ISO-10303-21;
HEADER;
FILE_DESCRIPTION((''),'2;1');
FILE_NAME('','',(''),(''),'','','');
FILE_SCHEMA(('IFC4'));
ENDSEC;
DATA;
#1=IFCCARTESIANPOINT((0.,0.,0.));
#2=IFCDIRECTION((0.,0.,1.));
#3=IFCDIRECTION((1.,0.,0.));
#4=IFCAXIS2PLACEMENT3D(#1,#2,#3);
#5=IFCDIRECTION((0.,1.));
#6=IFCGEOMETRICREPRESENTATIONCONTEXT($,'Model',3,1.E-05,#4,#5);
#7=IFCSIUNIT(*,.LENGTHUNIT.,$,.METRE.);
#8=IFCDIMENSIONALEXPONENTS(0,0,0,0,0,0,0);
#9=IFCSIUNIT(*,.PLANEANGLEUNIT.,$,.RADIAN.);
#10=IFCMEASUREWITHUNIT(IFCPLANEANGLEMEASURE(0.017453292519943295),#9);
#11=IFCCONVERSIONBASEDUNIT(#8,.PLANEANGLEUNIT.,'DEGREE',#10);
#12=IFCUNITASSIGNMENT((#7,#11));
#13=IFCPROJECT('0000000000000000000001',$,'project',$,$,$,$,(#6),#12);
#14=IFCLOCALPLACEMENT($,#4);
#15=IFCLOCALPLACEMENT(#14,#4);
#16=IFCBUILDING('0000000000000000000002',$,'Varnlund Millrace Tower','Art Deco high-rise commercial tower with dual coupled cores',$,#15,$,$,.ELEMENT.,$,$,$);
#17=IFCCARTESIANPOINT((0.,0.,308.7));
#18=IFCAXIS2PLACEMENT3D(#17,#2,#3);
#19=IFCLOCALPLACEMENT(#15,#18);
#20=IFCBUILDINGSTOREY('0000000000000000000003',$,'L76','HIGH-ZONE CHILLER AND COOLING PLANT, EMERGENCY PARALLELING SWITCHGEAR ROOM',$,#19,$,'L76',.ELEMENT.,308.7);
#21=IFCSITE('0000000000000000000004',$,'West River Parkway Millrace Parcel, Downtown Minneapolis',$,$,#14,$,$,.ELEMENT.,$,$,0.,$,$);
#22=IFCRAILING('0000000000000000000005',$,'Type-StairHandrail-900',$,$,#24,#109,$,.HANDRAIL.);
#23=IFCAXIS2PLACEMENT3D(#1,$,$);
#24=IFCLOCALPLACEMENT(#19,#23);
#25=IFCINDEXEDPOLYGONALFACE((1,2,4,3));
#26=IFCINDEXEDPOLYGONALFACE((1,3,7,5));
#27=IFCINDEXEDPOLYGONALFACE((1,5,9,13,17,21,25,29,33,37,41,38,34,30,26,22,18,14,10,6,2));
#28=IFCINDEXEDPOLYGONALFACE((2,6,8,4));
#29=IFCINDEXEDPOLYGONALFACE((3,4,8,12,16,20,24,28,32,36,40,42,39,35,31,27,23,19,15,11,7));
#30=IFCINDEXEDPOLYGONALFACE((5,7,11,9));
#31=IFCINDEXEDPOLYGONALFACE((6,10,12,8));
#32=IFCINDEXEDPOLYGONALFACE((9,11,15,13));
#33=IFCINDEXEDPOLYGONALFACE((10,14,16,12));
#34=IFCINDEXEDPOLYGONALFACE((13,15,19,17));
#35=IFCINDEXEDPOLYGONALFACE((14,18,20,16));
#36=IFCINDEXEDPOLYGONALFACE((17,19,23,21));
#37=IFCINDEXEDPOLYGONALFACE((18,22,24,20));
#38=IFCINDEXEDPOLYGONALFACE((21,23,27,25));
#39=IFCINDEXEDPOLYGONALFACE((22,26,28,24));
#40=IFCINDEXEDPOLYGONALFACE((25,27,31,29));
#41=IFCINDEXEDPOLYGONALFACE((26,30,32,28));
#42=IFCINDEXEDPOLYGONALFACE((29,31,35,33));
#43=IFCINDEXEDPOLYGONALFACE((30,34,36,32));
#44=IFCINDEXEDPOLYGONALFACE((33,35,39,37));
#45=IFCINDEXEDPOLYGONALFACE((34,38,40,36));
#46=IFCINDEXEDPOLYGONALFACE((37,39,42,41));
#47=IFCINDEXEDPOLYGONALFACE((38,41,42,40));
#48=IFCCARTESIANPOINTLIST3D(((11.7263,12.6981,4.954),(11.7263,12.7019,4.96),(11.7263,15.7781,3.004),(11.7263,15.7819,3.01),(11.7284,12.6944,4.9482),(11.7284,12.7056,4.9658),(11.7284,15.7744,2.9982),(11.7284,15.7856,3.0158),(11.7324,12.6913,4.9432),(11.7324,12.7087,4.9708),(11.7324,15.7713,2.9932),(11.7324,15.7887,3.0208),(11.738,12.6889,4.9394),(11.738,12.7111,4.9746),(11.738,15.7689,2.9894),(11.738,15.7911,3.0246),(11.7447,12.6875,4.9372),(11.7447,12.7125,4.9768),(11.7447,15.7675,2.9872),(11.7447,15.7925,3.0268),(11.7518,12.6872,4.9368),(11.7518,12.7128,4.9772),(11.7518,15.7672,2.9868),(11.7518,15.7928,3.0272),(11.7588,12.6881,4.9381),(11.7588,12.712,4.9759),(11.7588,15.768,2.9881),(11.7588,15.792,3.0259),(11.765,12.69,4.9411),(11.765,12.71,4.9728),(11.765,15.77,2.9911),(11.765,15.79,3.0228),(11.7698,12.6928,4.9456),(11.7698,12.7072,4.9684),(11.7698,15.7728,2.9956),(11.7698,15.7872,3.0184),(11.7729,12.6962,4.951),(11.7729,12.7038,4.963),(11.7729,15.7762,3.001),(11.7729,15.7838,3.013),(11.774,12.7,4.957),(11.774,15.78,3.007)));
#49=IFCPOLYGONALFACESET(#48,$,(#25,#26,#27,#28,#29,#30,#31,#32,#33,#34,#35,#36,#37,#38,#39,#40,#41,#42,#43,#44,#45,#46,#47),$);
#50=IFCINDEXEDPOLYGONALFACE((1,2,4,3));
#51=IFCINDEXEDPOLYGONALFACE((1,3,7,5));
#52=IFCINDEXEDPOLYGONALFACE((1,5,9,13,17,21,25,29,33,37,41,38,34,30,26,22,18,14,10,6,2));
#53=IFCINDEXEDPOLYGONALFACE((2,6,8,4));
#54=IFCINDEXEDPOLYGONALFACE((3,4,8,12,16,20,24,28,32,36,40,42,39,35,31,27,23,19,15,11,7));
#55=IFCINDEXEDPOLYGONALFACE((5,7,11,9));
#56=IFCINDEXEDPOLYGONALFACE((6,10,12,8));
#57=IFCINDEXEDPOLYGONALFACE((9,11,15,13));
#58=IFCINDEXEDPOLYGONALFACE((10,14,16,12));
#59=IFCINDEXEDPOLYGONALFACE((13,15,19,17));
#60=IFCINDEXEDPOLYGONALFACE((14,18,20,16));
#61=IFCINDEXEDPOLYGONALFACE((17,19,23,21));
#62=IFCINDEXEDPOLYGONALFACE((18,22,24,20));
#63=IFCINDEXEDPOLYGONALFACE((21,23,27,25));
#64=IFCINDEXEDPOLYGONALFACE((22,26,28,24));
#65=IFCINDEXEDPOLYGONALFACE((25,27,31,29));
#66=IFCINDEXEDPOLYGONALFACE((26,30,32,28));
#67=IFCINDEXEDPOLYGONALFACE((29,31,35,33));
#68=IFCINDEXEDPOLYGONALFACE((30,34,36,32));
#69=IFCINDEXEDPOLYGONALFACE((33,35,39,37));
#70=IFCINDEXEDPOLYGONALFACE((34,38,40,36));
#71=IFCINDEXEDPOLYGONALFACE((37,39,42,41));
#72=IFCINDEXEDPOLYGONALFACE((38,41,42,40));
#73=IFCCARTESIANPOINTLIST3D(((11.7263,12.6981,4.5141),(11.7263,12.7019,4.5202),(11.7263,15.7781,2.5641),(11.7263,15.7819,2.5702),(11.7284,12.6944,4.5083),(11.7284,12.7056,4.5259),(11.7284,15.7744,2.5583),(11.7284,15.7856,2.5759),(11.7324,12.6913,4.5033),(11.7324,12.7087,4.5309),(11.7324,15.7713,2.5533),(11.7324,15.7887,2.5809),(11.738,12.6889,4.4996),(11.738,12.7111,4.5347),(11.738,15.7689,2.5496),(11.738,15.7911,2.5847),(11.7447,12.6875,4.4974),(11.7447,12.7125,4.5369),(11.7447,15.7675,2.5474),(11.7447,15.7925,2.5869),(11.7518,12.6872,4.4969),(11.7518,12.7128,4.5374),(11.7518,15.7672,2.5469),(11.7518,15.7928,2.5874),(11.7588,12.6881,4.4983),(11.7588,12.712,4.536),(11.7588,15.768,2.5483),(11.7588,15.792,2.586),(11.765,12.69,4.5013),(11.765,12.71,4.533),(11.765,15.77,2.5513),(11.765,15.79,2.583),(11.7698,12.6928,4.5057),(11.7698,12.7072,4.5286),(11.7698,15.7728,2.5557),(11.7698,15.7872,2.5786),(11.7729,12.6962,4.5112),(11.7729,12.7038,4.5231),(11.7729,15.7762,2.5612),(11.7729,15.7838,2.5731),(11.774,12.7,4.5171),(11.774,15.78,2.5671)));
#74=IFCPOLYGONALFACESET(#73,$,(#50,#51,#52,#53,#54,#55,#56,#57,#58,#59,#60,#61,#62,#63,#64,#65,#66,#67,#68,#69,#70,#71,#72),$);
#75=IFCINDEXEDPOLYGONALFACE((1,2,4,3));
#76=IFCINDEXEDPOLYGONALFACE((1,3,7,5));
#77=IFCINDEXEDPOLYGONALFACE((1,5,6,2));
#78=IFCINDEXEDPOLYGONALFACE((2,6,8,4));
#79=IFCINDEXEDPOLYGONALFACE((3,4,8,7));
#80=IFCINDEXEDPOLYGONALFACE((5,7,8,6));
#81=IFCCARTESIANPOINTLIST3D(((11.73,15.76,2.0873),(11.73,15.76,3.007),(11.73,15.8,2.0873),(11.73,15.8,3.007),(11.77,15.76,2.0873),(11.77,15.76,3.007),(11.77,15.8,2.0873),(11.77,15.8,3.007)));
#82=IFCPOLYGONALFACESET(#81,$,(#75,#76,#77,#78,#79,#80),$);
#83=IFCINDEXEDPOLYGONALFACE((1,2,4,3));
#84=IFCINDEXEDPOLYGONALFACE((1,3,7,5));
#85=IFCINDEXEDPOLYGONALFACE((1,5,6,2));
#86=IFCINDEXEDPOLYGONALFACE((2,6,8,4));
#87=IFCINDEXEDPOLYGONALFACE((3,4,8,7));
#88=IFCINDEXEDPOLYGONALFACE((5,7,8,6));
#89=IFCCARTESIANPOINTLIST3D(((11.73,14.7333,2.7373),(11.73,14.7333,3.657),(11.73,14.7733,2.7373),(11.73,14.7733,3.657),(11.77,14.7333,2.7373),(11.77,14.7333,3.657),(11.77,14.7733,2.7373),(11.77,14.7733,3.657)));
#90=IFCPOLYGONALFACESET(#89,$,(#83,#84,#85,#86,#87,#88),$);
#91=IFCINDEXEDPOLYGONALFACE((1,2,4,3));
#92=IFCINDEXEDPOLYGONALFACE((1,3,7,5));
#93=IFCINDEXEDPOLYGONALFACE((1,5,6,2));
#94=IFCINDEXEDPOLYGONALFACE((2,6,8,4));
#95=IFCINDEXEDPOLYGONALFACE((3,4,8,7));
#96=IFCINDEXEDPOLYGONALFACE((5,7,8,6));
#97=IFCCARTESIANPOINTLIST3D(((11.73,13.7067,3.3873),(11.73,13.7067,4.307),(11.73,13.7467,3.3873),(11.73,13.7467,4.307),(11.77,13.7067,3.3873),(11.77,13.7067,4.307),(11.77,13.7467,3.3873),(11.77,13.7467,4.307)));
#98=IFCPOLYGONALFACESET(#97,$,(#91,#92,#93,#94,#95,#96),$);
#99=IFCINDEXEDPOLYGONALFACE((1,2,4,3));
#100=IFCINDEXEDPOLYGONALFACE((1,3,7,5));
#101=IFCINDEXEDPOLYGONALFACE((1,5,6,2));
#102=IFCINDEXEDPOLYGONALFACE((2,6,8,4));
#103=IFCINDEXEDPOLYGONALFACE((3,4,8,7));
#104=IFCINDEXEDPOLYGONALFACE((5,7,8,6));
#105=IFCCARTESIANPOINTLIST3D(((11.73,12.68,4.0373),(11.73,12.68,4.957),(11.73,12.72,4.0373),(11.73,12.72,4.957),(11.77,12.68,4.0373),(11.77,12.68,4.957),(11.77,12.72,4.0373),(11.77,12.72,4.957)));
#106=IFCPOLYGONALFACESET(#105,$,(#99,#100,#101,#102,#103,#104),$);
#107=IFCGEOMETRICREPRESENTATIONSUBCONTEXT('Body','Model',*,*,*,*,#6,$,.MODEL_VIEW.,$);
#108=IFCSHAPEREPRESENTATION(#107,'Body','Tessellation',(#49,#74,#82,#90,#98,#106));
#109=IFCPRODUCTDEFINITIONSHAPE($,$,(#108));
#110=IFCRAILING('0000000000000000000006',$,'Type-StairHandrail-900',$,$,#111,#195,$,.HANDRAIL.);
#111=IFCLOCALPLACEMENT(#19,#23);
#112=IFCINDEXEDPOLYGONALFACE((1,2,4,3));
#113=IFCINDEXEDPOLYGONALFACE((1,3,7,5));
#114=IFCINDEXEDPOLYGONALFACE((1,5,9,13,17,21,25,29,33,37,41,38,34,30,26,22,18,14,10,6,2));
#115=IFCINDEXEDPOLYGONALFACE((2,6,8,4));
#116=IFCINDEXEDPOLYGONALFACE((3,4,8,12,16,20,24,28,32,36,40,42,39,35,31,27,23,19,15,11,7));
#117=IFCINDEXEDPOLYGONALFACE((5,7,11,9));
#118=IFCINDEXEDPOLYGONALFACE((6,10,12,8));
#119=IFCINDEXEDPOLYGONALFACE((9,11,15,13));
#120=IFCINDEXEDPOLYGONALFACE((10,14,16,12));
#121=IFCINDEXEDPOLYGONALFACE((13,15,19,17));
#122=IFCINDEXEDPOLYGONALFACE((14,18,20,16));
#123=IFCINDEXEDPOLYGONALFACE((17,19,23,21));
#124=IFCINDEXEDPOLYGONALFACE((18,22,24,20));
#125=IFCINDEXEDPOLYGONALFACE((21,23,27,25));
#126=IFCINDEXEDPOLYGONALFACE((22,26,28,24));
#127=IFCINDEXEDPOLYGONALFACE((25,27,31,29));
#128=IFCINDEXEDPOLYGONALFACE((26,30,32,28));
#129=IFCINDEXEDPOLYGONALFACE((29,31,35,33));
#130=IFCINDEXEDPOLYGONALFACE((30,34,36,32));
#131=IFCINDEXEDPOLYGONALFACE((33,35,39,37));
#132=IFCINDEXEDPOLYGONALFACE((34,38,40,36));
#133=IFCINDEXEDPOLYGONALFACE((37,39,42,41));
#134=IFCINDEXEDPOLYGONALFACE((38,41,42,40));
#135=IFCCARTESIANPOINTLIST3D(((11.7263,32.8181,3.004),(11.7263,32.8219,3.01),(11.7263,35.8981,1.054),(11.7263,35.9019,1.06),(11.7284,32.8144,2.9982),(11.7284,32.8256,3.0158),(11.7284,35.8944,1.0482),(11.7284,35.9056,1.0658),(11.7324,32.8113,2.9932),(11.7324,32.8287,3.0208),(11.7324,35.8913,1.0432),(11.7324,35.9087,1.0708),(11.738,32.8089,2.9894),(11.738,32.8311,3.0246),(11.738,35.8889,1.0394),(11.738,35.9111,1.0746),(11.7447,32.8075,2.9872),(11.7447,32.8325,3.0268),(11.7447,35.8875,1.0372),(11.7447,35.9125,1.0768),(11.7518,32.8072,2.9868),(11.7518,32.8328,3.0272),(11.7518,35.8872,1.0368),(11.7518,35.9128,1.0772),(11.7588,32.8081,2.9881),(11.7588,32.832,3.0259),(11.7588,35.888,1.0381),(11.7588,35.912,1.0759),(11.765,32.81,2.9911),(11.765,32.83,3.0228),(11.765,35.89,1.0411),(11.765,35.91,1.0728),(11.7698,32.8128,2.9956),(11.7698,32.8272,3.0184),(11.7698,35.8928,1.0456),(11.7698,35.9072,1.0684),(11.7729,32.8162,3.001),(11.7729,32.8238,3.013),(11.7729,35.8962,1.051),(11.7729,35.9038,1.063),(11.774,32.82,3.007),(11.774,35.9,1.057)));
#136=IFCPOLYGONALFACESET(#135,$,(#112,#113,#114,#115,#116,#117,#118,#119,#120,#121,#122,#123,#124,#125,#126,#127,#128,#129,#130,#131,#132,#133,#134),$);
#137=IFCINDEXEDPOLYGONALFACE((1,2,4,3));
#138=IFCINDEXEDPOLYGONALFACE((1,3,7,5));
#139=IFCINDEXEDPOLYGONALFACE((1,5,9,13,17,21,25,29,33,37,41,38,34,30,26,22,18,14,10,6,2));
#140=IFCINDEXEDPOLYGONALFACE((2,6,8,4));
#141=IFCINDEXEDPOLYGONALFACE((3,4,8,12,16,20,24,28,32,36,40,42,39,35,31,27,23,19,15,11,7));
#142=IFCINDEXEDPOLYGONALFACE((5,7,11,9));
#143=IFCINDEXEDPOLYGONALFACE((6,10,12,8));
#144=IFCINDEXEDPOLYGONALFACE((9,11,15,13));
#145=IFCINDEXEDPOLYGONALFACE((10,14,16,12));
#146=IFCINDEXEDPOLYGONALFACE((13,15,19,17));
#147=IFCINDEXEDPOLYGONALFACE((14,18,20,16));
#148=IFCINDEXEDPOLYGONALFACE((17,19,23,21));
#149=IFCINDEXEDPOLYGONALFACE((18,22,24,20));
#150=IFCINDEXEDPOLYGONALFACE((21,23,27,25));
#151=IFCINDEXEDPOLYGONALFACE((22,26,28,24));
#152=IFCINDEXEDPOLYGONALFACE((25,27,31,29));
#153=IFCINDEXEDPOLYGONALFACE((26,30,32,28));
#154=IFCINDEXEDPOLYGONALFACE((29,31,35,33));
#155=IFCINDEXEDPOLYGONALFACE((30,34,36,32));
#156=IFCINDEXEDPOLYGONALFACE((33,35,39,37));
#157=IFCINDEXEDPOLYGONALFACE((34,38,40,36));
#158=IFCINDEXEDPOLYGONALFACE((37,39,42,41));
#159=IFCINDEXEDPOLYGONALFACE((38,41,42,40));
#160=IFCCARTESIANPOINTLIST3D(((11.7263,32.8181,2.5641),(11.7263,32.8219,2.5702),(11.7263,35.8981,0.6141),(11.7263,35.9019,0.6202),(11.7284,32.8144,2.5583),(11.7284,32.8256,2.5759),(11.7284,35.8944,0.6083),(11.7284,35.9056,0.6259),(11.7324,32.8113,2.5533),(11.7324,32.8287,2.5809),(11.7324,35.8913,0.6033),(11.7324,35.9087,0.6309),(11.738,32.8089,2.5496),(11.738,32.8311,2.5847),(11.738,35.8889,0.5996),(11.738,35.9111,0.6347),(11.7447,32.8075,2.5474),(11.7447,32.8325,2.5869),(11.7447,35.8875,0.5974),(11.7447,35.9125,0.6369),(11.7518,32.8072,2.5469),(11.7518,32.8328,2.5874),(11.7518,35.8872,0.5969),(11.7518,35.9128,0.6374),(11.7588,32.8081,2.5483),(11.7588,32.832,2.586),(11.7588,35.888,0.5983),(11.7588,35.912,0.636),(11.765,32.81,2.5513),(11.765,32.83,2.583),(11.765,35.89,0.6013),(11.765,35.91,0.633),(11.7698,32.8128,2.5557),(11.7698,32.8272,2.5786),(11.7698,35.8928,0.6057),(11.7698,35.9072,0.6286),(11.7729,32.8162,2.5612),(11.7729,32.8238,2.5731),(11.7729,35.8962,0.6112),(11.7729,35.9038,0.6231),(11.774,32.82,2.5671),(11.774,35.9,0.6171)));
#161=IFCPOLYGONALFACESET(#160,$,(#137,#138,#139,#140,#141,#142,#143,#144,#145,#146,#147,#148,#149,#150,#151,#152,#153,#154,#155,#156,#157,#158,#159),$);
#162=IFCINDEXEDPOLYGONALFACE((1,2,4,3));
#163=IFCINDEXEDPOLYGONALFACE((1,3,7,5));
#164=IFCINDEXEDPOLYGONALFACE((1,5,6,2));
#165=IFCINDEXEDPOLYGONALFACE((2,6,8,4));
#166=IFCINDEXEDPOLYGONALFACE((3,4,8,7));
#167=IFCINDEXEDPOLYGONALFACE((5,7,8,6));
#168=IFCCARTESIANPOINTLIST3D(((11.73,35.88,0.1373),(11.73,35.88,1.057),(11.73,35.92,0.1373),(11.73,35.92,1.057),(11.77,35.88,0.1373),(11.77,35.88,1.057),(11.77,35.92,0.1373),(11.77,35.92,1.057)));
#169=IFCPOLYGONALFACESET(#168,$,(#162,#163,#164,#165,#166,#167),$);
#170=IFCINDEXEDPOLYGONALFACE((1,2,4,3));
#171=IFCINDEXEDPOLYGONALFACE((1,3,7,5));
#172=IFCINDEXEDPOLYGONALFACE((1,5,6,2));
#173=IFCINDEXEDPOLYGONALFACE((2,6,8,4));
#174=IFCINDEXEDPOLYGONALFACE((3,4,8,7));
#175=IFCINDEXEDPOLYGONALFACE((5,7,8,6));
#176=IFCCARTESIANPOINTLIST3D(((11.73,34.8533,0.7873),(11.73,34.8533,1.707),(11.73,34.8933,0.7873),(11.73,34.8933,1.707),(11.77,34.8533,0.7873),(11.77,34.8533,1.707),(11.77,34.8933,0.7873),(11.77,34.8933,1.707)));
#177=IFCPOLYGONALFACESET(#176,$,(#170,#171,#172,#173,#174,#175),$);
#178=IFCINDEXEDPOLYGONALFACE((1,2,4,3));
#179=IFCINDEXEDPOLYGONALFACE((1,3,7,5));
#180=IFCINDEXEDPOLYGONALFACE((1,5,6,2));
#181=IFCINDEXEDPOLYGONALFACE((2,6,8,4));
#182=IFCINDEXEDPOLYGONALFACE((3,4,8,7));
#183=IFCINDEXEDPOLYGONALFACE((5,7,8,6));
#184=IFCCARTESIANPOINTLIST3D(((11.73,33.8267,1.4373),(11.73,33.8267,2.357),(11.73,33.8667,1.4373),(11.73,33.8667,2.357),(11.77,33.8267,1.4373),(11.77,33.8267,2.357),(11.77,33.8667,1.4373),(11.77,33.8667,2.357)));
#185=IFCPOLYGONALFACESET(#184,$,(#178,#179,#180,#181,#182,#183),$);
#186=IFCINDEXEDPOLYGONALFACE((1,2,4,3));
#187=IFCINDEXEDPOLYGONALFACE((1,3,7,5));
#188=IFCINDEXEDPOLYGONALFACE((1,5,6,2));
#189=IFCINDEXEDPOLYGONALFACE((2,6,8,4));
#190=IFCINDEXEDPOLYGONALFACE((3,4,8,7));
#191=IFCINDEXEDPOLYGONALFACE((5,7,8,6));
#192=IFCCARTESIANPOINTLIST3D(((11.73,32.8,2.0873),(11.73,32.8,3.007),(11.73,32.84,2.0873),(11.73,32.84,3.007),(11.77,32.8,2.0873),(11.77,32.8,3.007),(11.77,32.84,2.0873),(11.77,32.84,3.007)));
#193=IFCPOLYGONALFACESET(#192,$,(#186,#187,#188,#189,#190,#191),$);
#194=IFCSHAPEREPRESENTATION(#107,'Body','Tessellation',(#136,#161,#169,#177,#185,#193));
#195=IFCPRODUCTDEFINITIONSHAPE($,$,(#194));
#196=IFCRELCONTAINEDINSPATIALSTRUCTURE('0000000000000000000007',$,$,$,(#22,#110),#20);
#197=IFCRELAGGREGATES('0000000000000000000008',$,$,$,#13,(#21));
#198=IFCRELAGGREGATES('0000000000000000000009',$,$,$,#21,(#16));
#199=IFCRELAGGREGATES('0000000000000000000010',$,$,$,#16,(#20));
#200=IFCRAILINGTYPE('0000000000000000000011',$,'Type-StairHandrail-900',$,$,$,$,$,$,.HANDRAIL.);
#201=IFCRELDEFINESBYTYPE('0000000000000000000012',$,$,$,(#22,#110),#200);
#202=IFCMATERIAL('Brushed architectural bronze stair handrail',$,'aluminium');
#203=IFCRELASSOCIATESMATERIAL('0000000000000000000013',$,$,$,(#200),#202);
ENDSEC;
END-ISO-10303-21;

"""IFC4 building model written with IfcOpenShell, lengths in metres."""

from ifc_helpers import new_model, entity, si_unit, converted_unit, direction, frame, origin_with_axes, origin_2d_with_axis, place, context, subcontext, project, spatial, rectangle, circle, extrude, material, type_object, element, save


model = new_model("IFC4")

# Units and contexts
model_context = context("Model", 3, precision=1e-05, world=origin_with_axes(), true_north=direction((0.0, 1.0)))
body_context = subcontext(model_context, "Body", "Model", "MODEL_VIEW")
ifc_project = project(units=[si_unit("LENGTHUNIT", "METRE"), converted_unit("PLANEANGLEUNIT", "DEGREE", entity("IfcPlaneAngleMeasure", 0.017453292519943295), si_unit("PLANEANGLEUNIT", "RADIAN"), dimensions=[0, 0, 0, 0, 0, 0, 0])], contexts=[model_context])

# Site, building, storey
site_placement = place(None, origin_with_axes())
site = spatial("IfcSite", under=ifc_project, at=site_placement, Name="West River Parkway Millrace Parcel, Downtown Minneapolis", CompositionType="ELEMENT", RefElevation=0.0)
building_placement = place(site_placement, origin_with_axes())
building = spatial("IfcBuilding", under=site, at=building_placement, Name="Varnlund Millrace Tower", Description="Art Deco high-rise commercial tower with dual coupled cores", CompositionType="ELEMENT")
storey_placement = place(building_placement, frame((0.0, 0.0, 308.7), z_axis=(0.0, 0.0, 1.0), x_axis=(1.0, 0.0, 0.0)))
storey = spatial("IfcBuildingStorey", under=building, at=storey_placement, Name="L76", Description="HIGH-ZONE CHILLER AND COOLING PLANT, EMERGENCY PARALLELING SWITCHGEAR ROOM", LongName="L76", CompositionType="ELEMENT", Elevation=308.7)

# Railings
ifc_material_1 = material(Name="Brushed architectural bronze stair handrail", Category="aluminium")
railing_type_1 = type_object("IfcRailingType", Name="Type-StairHandrail-900", PredefinedType="HANDRAIL", material=ifc_material_1)
railing_1_placement = place(storey_placement, frame((0.0, 0.0, -308.7), z_axis=(0.0, 0.0, 1.0), x_axis=(1.0, 0.0, 0.0)))
element("IfcRailing", 1, at=railing_1_placement, inside=storey, type_object=railing_type_1, Name="Type-StairHandrail-900", PredefinedType="HANDRAIL", context=body_context, shape_type="SweptSolid", body=[
    extrude(circle(Radius=0.024, at=origin_2d_with_axis()), frame((11.75, 15.78, 311.707), z_axis=(0.0, -0.844902, 0.534922), x_axis=(1.0, 0.0, 0.0)), (0.0, 0.0, 1.0), 3.6454),
    extrude(circle(Radius=0.024, at=origin_2d_with_axis()), frame((11.75, 15.78, 311.2671), z_axis=(0.0, -0.844902, 0.534922), x_axis=(1.0, 0.0, 0.0)), (0.0, 0.0, 1.0), 3.6454),
    extrude(rectangle(XDim=0.04, YDim=0.04, at=origin_2d_with_axis()), frame((11.75, 15.78, 310.7873), z_axis=(0.0, 0.0, 1.0), x_axis=(1.0, 0.0, 0.0)), (0.0, 0.0, 1.0), 0.9197),
    extrude(rectangle(XDim=0.04, YDim=0.04, at=origin_2d_with_axis()), frame((11.75, 14.7533, 311.4373), z_axis=(0.0, 0.0, 1.0), x_axis=(1.0, 0.0, 0.0)), (0.0, 0.0, 1.0), 0.9197),
    extrude(rectangle(XDim=0.04, YDim=0.04, at=origin_2d_with_axis()), frame((11.75, 13.7267, 312.0873), z_axis=(0.0, 0.0, 1.0), x_axis=(1.0, 0.0, 0.0)), (0.0, 0.0, 1.0), 0.9197),
    extrude(rectangle(XDim=0.04, YDim=0.04, at=origin_2d_with_axis()), frame((11.75, 12.7, 312.7373), z_axis=(0.0, 0.0, 1.0), x_axis=(1.0, 0.0, 0.0)), (0.0, 0.0, 1.0), 0.9197),
])
railing_2_placement = place(storey_placement, frame((0.0, 0.0, -308.7), z_axis=(0.0, 0.0, 1.0), x_axis=(1.0, 0.0, 0.0)))
element("IfcRailing", 2, at=railing_2_placement, inside=storey, type_object=railing_type_1, Name="Type-StairHandrail-900", PredefinedType="HANDRAIL", context=body_context, shape_type="SweptSolid", body=[
    extrude(circle(Radius=0.024, at=origin_2d_with_axis()), frame((11.75, 35.9, 309.757), z_axis=(0.0, -0.844902, 0.534922), x_axis=(1.0, 0.0, 0.0)), (0.0, 0.0, 1.0), 3.6454),
    extrude(circle(Radius=0.024, at=origin_2d_with_axis()), frame((11.75, 35.9, 309.3171), z_axis=(0.0, -0.844902, 0.534922), x_axis=(1.0, 0.0, 0.0)), (0.0, 0.0, 1.0), 3.6454),
    extrude(rectangle(XDim=0.04, YDim=0.04, at=origin_2d_with_axis()), frame((11.75, 35.9, 308.8373), z_axis=(0.0, 0.0, 1.0), x_axis=(1.0, 0.0, 0.0)), (0.0, 0.0, 1.0), 0.9197),
    extrude(rectangle(XDim=0.04, YDim=0.04, at=origin_2d_with_axis()), frame((11.75, 34.8733, 309.4873), z_axis=(0.0, 0.0, 1.0), x_axis=(1.0, 0.0, 0.0)), (0.0, 0.0, 1.0), 0.9197),
    extrude(rectangle(XDim=0.04, YDim=0.04, at=origin_2d_with_axis()), frame((11.75, 33.8467, 310.1373), z_axis=(0.0, 0.0, 1.0), x_axis=(1.0, 0.0, 0.0)), (0.0, 0.0, 1.0), 0.9197),
    extrude(rectangle(XDim=0.04, YDim=0.04, at=origin_2d_with_axis()), frame((11.75, 32.82, 310.7873), z_axis=(0.0, 0.0, 1.0), x_axis=(1.0, 0.0, 0.0)), (0.0, 0.0, 1.0), 0.9197),
])

save(model, "model.ifc")
